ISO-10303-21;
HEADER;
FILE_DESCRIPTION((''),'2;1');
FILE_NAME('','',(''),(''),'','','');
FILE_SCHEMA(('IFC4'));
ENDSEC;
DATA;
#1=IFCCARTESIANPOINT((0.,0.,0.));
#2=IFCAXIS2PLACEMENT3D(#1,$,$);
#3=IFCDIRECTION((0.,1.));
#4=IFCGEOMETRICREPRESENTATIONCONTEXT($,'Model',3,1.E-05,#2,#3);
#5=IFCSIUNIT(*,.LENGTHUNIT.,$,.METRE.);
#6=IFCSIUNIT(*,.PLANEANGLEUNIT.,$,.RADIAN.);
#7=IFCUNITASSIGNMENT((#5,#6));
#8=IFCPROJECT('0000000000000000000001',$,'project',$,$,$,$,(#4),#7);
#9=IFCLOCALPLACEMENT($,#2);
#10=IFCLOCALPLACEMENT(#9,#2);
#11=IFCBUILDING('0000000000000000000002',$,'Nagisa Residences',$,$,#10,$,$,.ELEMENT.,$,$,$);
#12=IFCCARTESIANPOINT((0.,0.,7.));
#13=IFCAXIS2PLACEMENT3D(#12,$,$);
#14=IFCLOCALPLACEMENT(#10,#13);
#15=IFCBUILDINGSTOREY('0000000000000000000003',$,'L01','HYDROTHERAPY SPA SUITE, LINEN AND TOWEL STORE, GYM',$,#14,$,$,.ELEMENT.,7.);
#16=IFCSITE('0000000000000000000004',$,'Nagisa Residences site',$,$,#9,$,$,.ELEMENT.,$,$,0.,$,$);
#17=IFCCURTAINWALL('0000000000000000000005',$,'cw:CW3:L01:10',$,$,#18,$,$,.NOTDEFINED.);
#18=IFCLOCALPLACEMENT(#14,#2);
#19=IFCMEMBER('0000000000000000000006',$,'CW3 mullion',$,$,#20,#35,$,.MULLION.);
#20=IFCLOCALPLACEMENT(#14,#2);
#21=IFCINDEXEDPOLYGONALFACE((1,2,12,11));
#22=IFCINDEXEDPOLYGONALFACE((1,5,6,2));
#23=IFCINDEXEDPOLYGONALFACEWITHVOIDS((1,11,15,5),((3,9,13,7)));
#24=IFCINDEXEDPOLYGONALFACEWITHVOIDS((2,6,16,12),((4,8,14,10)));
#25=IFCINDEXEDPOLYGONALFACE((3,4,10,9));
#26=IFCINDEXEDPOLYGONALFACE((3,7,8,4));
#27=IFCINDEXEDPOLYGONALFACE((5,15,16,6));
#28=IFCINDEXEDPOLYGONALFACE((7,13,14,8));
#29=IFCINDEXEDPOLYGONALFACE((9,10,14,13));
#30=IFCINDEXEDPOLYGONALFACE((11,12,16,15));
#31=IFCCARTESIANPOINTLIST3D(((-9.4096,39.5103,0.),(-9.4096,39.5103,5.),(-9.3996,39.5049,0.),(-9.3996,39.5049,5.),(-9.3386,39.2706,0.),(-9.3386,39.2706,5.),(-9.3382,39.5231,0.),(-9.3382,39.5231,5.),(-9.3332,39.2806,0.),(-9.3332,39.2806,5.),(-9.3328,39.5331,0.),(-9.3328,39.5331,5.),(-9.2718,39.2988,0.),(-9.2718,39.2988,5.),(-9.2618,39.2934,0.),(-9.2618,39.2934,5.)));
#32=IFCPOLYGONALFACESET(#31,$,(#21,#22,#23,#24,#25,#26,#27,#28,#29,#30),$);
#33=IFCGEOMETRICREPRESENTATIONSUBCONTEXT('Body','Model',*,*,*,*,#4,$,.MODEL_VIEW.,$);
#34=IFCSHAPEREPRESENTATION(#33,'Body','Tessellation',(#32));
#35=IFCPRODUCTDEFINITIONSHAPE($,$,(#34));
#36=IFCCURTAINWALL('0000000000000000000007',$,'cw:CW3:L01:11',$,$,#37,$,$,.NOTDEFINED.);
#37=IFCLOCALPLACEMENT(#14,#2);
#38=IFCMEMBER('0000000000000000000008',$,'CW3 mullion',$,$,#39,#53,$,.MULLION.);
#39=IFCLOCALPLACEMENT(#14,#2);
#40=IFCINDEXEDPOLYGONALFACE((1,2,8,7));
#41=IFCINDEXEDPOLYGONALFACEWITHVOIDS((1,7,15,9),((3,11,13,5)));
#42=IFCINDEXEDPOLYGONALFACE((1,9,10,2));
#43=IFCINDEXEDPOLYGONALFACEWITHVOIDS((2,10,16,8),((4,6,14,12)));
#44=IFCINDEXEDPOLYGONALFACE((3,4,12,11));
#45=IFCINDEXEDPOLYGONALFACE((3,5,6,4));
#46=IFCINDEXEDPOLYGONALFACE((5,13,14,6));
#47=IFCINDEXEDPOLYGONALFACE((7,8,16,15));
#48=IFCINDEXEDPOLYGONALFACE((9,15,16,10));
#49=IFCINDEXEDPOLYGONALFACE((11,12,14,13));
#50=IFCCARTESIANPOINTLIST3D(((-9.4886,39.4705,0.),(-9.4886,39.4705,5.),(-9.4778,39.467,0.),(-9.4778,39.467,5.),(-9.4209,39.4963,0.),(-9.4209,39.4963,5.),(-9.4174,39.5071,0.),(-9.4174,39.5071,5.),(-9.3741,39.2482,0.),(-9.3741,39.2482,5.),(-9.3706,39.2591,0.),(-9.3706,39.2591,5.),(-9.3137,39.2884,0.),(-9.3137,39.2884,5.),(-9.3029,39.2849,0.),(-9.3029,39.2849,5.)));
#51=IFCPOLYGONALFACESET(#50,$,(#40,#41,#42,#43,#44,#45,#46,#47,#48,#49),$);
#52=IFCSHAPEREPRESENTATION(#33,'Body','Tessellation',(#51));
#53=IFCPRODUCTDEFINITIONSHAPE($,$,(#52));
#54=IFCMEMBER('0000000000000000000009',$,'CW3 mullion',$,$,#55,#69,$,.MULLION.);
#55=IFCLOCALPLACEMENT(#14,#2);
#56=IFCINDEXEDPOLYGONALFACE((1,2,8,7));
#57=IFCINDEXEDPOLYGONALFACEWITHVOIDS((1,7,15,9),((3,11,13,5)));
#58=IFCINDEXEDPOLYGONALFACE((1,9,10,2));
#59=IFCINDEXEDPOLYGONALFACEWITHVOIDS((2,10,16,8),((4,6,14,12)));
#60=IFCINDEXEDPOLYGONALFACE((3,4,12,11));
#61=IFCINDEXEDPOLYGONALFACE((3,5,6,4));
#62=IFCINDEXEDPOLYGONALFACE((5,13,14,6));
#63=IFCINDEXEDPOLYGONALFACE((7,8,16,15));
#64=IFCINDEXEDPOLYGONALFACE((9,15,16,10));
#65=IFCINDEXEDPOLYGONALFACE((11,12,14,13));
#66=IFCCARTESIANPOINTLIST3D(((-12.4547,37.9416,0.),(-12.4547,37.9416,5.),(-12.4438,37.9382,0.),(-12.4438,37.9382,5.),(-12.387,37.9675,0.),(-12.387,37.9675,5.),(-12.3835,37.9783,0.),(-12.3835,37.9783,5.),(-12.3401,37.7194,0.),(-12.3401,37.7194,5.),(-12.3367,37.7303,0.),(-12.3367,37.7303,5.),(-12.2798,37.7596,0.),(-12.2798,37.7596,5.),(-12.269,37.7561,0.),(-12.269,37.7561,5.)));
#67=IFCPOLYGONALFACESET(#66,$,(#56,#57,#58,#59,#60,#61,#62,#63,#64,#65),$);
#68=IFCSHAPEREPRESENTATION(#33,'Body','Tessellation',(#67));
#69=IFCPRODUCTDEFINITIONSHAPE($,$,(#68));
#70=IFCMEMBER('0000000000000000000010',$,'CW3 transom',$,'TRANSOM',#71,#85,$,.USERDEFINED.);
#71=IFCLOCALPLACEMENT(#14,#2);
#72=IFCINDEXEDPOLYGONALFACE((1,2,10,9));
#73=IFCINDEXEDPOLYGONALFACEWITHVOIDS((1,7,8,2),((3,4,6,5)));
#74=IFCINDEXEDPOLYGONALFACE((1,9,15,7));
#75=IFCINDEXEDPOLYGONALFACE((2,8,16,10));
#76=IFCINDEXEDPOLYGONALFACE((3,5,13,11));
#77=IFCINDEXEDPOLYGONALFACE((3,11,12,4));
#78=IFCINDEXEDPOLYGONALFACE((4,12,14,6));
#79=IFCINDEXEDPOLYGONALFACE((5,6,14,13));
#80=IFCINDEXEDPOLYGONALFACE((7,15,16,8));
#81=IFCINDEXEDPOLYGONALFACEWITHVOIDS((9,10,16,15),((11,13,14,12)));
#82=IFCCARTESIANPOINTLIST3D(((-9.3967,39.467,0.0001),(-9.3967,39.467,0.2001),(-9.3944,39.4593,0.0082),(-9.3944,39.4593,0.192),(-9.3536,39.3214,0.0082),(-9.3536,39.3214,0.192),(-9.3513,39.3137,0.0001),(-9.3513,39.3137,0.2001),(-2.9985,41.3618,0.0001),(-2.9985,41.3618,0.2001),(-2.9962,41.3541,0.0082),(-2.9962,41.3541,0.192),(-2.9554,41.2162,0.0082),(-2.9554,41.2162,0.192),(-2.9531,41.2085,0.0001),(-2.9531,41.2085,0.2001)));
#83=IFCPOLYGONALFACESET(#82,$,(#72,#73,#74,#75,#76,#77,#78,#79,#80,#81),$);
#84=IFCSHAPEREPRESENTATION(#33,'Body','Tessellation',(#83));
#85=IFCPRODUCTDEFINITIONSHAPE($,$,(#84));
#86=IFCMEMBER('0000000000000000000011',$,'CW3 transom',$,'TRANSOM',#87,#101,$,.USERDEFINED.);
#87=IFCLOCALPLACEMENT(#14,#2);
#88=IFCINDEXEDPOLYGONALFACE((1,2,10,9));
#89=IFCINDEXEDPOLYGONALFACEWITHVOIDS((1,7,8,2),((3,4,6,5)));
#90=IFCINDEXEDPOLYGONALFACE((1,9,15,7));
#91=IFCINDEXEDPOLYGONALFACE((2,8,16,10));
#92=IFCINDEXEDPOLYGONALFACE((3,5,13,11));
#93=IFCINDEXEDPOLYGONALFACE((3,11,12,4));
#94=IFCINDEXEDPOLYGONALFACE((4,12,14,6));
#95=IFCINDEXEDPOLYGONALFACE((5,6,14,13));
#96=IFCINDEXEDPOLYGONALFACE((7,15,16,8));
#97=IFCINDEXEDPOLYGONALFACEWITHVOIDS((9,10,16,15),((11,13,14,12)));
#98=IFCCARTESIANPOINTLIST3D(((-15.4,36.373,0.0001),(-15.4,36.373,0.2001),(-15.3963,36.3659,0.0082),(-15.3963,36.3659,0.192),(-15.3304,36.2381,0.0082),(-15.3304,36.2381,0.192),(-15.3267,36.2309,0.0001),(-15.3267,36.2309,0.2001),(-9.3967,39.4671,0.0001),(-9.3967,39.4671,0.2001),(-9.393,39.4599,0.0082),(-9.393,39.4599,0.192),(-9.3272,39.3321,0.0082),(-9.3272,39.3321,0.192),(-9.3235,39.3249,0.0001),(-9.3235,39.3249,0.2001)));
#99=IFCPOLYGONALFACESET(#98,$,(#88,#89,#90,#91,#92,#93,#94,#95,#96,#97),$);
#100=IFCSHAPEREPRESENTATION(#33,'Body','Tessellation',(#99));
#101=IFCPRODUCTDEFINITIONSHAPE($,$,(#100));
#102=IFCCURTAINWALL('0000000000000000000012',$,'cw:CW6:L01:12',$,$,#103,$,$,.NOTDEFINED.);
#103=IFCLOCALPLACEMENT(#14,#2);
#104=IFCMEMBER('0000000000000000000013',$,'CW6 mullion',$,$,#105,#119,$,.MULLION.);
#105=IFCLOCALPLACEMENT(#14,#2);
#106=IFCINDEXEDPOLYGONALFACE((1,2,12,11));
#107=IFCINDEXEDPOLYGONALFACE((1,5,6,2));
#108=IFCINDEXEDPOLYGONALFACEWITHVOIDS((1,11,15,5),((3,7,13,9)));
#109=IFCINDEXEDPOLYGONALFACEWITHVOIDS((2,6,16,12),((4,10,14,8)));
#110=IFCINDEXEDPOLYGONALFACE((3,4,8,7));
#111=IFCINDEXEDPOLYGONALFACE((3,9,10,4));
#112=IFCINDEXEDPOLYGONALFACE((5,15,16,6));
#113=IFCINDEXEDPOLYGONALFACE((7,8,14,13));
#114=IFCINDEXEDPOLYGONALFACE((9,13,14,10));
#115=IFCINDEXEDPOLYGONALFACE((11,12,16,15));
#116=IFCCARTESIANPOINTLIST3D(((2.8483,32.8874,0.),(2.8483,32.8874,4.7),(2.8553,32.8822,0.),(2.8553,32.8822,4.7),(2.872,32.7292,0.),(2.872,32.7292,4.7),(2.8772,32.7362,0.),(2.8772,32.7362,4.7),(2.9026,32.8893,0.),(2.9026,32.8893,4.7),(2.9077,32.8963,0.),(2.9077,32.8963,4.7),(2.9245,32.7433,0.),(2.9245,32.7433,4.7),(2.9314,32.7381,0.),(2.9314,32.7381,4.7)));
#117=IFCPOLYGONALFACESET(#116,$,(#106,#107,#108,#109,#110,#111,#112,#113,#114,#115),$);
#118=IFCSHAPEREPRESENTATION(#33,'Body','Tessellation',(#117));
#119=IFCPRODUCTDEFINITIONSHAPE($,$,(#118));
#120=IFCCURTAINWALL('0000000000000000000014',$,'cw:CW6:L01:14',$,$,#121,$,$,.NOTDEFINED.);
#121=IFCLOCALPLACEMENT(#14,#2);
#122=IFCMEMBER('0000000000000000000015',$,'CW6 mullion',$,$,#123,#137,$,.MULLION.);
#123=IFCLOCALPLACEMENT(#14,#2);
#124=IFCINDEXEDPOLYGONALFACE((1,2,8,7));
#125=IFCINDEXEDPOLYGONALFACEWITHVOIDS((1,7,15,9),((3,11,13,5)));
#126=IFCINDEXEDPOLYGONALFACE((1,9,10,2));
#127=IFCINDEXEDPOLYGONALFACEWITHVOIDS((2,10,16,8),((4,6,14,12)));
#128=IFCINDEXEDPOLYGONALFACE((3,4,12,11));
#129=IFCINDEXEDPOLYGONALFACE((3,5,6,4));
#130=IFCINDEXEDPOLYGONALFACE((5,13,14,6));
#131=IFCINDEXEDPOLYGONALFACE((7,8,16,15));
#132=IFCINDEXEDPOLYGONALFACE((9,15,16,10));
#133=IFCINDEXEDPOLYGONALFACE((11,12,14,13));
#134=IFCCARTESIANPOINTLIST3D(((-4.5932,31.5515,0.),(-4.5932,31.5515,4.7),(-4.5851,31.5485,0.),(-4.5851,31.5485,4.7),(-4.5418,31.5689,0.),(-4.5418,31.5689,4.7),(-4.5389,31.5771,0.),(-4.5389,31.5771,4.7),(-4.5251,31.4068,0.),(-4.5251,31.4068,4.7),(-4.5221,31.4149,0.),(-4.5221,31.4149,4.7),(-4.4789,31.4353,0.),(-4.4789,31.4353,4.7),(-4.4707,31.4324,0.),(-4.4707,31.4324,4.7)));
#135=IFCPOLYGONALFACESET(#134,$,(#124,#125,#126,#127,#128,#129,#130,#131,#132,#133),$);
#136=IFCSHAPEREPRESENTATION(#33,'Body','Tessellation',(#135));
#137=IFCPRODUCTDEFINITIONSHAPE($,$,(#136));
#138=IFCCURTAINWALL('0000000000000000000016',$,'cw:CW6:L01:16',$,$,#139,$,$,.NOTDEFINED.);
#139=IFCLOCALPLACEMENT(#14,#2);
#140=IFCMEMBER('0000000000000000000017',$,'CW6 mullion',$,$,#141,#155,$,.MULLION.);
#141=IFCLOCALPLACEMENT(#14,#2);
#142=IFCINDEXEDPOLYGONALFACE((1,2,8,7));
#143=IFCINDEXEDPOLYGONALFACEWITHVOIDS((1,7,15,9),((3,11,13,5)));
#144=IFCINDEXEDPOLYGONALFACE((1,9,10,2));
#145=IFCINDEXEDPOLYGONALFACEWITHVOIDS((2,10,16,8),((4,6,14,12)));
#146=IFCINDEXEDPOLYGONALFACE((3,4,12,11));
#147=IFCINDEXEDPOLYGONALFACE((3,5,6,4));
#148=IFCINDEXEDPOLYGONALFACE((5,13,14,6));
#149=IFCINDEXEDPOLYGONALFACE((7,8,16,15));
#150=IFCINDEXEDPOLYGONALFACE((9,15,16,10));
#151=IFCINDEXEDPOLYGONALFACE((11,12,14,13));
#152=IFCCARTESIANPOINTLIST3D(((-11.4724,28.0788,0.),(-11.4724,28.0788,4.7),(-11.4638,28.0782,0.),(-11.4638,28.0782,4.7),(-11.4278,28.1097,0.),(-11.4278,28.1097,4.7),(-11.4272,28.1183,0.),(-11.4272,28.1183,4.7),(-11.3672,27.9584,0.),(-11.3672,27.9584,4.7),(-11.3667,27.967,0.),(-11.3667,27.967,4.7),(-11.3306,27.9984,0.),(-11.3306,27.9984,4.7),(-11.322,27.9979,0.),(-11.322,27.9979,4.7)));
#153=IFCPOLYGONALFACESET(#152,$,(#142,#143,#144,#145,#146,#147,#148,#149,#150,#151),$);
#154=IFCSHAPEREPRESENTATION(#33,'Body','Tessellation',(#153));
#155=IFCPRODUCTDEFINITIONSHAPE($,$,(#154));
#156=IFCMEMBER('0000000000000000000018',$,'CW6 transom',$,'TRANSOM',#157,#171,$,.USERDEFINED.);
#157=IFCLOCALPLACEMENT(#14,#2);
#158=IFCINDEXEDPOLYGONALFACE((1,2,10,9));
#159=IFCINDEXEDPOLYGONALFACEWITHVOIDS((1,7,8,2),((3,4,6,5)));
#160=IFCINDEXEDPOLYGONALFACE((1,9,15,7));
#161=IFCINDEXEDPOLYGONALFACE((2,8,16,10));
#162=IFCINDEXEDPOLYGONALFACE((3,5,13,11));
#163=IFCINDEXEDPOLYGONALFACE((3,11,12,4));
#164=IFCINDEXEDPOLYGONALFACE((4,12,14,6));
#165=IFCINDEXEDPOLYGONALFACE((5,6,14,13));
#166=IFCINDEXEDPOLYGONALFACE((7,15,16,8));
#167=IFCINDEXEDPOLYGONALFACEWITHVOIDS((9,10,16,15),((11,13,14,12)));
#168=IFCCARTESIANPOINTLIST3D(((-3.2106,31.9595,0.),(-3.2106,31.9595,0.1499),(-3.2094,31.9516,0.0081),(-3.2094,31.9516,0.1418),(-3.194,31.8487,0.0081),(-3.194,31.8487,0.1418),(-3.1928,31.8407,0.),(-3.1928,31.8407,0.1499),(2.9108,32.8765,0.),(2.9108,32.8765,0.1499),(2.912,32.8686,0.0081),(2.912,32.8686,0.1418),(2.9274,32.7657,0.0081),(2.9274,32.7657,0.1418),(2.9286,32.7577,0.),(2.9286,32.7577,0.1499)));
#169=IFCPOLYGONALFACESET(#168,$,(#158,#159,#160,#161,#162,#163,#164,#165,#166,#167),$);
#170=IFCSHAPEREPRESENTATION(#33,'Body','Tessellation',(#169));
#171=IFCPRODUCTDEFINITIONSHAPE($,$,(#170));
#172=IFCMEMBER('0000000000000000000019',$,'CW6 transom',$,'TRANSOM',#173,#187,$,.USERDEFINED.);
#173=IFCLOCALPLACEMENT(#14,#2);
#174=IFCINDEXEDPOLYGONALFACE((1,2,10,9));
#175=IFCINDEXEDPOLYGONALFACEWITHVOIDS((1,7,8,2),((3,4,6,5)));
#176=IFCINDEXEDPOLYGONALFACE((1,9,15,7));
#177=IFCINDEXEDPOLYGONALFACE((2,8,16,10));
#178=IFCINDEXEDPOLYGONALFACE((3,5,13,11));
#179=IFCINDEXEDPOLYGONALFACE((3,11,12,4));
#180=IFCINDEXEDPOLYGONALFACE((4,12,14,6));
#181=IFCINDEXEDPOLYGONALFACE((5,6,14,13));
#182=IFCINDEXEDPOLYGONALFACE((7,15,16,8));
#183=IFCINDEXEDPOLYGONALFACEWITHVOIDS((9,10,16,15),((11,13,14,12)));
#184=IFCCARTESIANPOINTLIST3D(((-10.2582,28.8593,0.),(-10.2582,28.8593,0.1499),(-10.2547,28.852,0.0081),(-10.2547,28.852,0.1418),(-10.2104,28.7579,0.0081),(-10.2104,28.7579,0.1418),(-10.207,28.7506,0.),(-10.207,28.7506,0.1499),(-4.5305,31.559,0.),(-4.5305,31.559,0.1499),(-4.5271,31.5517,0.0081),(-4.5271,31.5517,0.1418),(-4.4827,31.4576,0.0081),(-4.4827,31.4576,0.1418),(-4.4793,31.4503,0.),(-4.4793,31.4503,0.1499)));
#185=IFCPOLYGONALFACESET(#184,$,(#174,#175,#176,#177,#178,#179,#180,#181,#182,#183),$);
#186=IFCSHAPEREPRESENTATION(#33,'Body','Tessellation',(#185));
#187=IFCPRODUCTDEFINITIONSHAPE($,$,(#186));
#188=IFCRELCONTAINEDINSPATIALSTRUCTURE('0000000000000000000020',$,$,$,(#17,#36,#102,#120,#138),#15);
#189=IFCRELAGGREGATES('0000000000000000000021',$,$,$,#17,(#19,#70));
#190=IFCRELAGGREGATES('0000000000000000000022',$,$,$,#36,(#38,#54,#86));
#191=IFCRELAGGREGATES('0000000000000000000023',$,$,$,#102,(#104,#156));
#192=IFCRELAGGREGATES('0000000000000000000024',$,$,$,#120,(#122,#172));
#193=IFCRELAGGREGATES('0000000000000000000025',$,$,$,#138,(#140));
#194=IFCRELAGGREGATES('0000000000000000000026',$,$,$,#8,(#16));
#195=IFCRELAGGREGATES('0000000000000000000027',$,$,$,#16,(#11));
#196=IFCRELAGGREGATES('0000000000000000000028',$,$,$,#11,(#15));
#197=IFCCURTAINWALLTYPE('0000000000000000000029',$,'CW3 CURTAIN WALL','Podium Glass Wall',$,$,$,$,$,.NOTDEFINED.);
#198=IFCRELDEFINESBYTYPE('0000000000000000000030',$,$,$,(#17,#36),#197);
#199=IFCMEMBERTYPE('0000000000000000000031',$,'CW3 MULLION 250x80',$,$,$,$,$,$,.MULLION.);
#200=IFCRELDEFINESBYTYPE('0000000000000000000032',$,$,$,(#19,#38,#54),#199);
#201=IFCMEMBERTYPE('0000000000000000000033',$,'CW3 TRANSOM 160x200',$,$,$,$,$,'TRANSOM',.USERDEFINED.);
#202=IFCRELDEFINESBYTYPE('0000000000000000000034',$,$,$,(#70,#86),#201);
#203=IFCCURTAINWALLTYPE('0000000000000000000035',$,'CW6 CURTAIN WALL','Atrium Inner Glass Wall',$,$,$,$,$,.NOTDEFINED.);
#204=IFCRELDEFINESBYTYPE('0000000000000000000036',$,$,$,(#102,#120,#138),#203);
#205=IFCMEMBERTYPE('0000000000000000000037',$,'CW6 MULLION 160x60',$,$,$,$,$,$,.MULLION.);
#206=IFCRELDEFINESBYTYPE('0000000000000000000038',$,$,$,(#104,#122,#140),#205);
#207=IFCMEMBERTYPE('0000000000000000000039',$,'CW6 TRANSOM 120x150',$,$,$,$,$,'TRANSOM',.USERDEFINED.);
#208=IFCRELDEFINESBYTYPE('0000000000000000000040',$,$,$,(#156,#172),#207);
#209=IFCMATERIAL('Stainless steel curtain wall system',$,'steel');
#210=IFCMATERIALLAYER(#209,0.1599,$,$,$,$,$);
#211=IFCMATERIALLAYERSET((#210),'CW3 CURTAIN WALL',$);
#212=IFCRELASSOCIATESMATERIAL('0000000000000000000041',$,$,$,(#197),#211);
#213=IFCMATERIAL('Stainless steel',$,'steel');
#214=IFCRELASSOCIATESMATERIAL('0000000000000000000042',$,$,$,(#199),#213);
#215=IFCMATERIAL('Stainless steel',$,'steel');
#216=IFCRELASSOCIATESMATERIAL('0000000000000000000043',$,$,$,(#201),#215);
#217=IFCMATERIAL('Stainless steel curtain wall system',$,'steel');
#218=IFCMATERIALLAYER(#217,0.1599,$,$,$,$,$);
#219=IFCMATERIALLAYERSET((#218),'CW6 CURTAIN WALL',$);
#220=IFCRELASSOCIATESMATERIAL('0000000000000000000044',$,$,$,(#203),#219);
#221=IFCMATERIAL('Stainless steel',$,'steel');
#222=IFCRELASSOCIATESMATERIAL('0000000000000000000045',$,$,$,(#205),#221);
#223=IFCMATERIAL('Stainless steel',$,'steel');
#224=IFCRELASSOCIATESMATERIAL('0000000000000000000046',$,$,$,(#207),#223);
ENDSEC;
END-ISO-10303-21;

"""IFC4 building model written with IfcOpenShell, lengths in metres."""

from ifc_helpers import new_model, si_unit, direction, frame, origin, origin_2d, place, context, subcontext, project, spatial, hollow_rectangle, extrude, material, layer, layer_set, material_profile, profile_set, type_object, element, aggregate, save


model = new_model("IFC4")

# Units and contexts
model_context = context("Model", 3, precision=1e-05, world=origin(), true_north=direction((0.0, 1.0)))
body_context = subcontext(model_context, "Body", "Model", "MODEL_VIEW")
ifc_project = project(units=[si_unit("LENGTHUNIT", "METRE"), si_unit("PLANEANGLEUNIT", "RADIAN")], contexts=[model_context])

# Site, building, storey
site_placement = place(None, origin())
site = spatial("IfcSite", under=ifc_project, at=site_placement, Name="Nagisa Residences site", CompositionType="ELEMENT", RefElevation=0.0)
building_placement = place(site_placement, origin())
building = spatial("IfcBuilding", under=site, at=building_placement, Name="Nagisa Residences", CompositionType="ELEMENT")
storey_placement = place(building_placement, frame((0.0, 0.0, 7.0)))
storey = spatial("IfcBuildingStorey", under=building, at=storey_placement, Name="L01", Description="HYDROTHERAPY SPA SUITE, LINEN AND TOWEL STORE, GYM", CompositionType="ELEMENT", Elevation=7.0)

# Curtain walls, members
ifc_material_1 = material(Name="Stainless steel curtain wall system", Category="steel")
ifc_layer_1 = layer(ifc_material_1, 0.1599)
ifc_layer_set_1 = layer_set([ifc_layer_1], Name="CW3 CURTAIN WALL")
curtain_wall_type_1 = type_object("IfcCurtainWallType", Name="CW3 CURTAIN WALL", Description="Podium Glass Wall", PredefinedType="NOTDEFINED", material=ifc_layer_set_1)
ifc_material_2 = material(Name="Stainless steel", Category="steel")
ifc_material_profile_1 = material_profile(ifc_material_2, hollow_rectangle(XDim=0.25, YDim=0.0801, WallThickness=0.0081, at=origin_2d()), Name="CW3 MULLION 250x80")
ifc_profile_set_1 = profile_set([ifc_material_profile_1], Name="Stainless steel")
member_type_1 = type_object("IfcMemberType", Name="CW3 MULLION 250x80", PredefinedType="MULLION", material=ifc_profile_set_1)
curtain_wall_1_placement = place(storey_placement, origin())
curtain_wall_1 = element("IfcCurtainWall", 1, at=curtain_wall_1_placement, inside=storey, type_object=curtain_wall_type_1, Name="cw:CW3:L01:10", PredefinedType="NOTDEFINED")
member_1_placement = place(storey_placement, frame((-9.3357, 39.4019, 0.0), z_axis=(0.0, 0.0, 1.0), x_axis=(0.283963, -0.958835, 0.0)))
member_1 = element("IfcMember", 2, at=member_1_placement, type_object=member_type_1, Name="CW3 mullion", PredefinedType="MULLION", context=body_context, shape_type="SweptSolid", body=[
    extrude(hollow_rectangle(XDim=0.25, YDim=0.0801, WallThickness=0.0081, at=origin_2d()), origin(), (0.0, 0.0, 1.0), 5.0),
])
curtain_wall_2_placement = place(storey_placement, origin())
curtain_wall_2 = element("IfcCurtainWall", 3, at=curtain_wall_2_placement, inside=storey, type_object=curtain_wall_type_1, Name="cw:CW3:L01:11", PredefinedType="NOTDEFINED")
member_2_placement = place(storey_placement, frame((-9.3958, 39.3777, 0.0), z_axis=(0.0, 0.0, 1.0), x_axis=(0.458126, -0.888887, 0.0)))
member_2 = element("IfcMember", 4, at=member_2_placement, type_object=member_type_1, Name="CW3 mullion", PredefinedType="MULLION", context=body_context, shape_type="SweptSolid", body=[
    extrude(hollow_rectangle(XDim=0.25, YDim=0.0801, WallThickness=0.0081, at=origin_2d()), origin(), (0.0, 0.0, 1.0), 5.0),
])
member_3_placement = place(storey_placement, frame((-12.3618, 37.8489, 0.0), z_axis=(0.0, 0.0, 1.0), x_axis=(0.458126, -0.888887, 0.0)))
member_3 = element("IfcMember", 5, at=member_3_placement, type_object=member_type_1, Name="CW3 mullion", PredefinedType="MULLION", context=body_context, shape_type="SweptSolid", body=[
    extrude(hollow_rectangle(XDim=0.25, YDim=0.0801, WallThickness=0.0081, at=origin_2d()), origin(), (0.0, 0.0, 1.0), 5.0),
])

# Members
ifc_material_3 = material(Name="Stainless steel", Category="steel")
ifc_material_profile_2 = material_profile(ifc_material_3, hollow_rectangle(XDim=0.1599, YDim=0.2, WallThickness=0.0081, at=origin_2d()), Name="CW3 TRANSOM 160x200")
ifc_profile_set_2 = profile_set([ifc_material_profile_2], Name="Stainless steel")
member_type_2 = type_object("IfcMemberType", Name="CW3 TRANSOM 160x200", ElementType="TRANSOM", PredefinedType="USERDEFINED", material=ifc_profile_set_2)
member_4_placement = place(storey_placement, frame((-2.9758, 41.2852, 0.1001), z_axis=(-0.958838, -0.283953, 0.0), x_axis=(0.283953, -0.958838, 0.0)))
member_4 = element("IfcMember", 6, at=member_4_placement, type_object=member_type_2, Name="CW3 transom", ObjectType="TRANSOM", PredefinedType="USERDEFINED", context=body_context, shape_type="SweptSolid", body=[
    extrude(hollow_rectangle(XDim=0.1599, YDim=0.2, WallThickness=0.0081, at=origin_2d()), origin(), (0.0, 0.0, 1.0), 6.6729),
])
member_5_placement = place(storey_placement, frame((-9.3601, 39.396, 0.1001), z_axis=(-0.888887, -0.458126, 0.0), x_axis=(0.458126, -0.888887, 0.0)))
member_5 = element("IfcMember", 7, at=member_5_placement, type_object=member_type_2, Name="CW3 transom", ObjectType="TRANSOM", PredefinedType="USERDEFINED", context=body_context, shape_type="SweptSolid", body=[
    extrude(hollow_rectangle(XDim=0.1599, YDim=0.2, WallThickness=0.0081, at=origin_2d()), origin(), (0.0, 0.0, 1.0), 6.7537),
])

# Curtain walls, members
ifc_material_4 = material(Name="Stainless steel curtain wall system", Category="steel")
ifc_layer_2 = layer(ifc_material_4, 0.1599)
ifc_layer_set_2 = layer_set([ifc_layer_2], Name="CW6 CURTAIN WALL")
curtain_wall_type_2 = type_object("IfcCurtainWallType", Name="CW6 CURTAIN WALL", Description="Atrium Inner Glass Wall", PredefinedType="NOTDEFINED", material=ifc_layer_set_2)
curtain_wall_3_placement = place(storey_placement, origin())
curtain_wall_3 = element("IfcCurtainWall", 8, at=curtain_wall_3_placement, inside=storey, type_object=curtain_wall_type_2, Name="cw:CW6:L01:12", PredefinedType="NOTDEFINED")
ifc_material_5 = material(Name="Stainless steel", Category="steel")
ifc_material_profile_3 = material_profile(ifc_material_5, hollow_rectangle(XDim=0.1599, YDim=0.0601, WallThickness=0.0061, at=origin_2d()), Name="CW6 MULLION 160x60")
ifc_profile_set_3 = profile_set([ifc_material_profile_3], Name="Stainless steel")
member_type_3 = type_object("IfcMemberType", Name="CW6 MULLION 160x60", PredefinedType="MULLION", material=ifc_profile_set_3)
member_6_placement = place(storey_placement, frame((2.8899, 32.8127, 0.0), z_axis=(0.0, 0.0, 1.0), x_axis=(0.148158, -0.988964, 0.0)))
member_6 = element("IfcMember", 9, at=member_6_placement, type_object=member_type_3, Name="CW6 mullion", PredefinedType="MULLION", context=body_context, shape_type="SweptSolid", body=[
    extrude(hollow_rectangle(XDim=0.1599, YDim=0.0601, WallThickness=0.0061, at=origin_2d()), origin(), (0.0, 0.0, 1.0), 4.7),
])
curtain_wall_4_placement = place(storey_placement, origin())
curtain_wall_4 = element("IfcCurtainWall", 10, at=curtain_wall_4_placement, inside=storey, type_object=curtain_wall_type_2, Name="cw:CW6:L01:14", PredefinedType="NOTDEFINED")
member_7_placement = place(storey_placement, frame((-4.532, 31.4919, 0.0), z_axis=(0.0, 0.0, 1.0), x_axis=(0.426358, -0.904554, 0.0)))
member_7 = element("IfcMember", 11, at=member_7_placement, type_object=member_type_3, Name="CW6 mullion", PredefinedType="MULLION", context=body_context, shape_type="SweptSolid", body=[
    extrude(hollow_rectangle(XDim=0.1599, YDim=0.0601, WallThickness=0.0061, at=origin_2d()), origin(), (0.0, 0.0, 1.0), 4.7),
])
curtain_wall_5_placement = place(storey_placement, origin())
curtain_wall_5 = element("IfcCurtainWall", 12, at=curtain_wall_5_placement, inside=storey, type_object=curtain_wall_type_2, Name="cw:CW6:L01:16", PredefinedType="NOTDEFINED")
member_8_placement = place(storey_placement, frame((-11.3972, 28.0383, 0.0), z_axis=(0.0, 0.0, 1.0), x_axis=(0.657721, -0.753261, 0.0)))
member_8 = element("IfcMember", 13, at=member_8_placement, type_object=member_type_3, Name="CW6 mullion", PredefinedType="MULLION", context=body_context, shape_type="SweptSolid", body=[
    extrude(hollow_rectangle(XDim=0.1599, YDim=0.0601, WallThickness=0.0061, at=origin_2d()), origin(), (0.0, 0.0, 1.0), 4.7),
])

# Members
ifc_material_6 = material(Name="Stainless steel", Category="steel")
ifc_material_profile_4 = material_profile(ifc_material_6, hollow_rectangle(XDim=0.1201, YDim=0.1499, WallThickness=0.0081, at=origin_2d()), Name="CW6 TRANSOM 120x150")
ifc_profile_set_4 = profile_set([ifc_material_profile_4], Name="Stainless steel")
member_type_4 = type_object("IfcMemberType", Name="CW6 TRANSOM 120x150", ElementType="TRANSOM", PredefinedType="USERDEFINED", material=ifc_profile_set_4)
member_9_placement = place(storey_placement, frame((2.9197, 32.8171, 0.075), z_axis=(-0.988965, -0.14815, 0.0), x_axis=(0.14815, -0.988965, 0.0)))
member_9 = element("IfcMember", 14, at=member_9_placement, type_object=member_type_4, Name="CW6 transom", ObjectType="TRANSOM", PredefinedType="USERDEFINED", context=body_context, shape_type="SweptSolid", body=[
    extrude(hollow_rectangle(XDim=0.1201, YDim=0.1499, WallThickness=0.0081, at=origin_2d()), origin(), (0.0, 0.0, 1.0), 6.1897),
])
member_10_placement = place(storey_placement, frame((-4.5049, 31.5046, 0.075), z_axis=(-0.904558, -0.42635, 0.0), x_axis=(0.42635, -0.904558, 0.0)))
member_10 = element("IfcMember", 15, at=member_10_placement, type_object=member_type_4, Name="CW6 transom", ObjectType="TRANSOM", PredefinedType="USERDEFINED", context=body_context, shape_type="SweptSolid", body=[
    extrude(hollow_rectangle(XDim=0.1201, YDim=0.1499, WallThickness=0.0081, at=origin_2d()), origin(), (0.0, 0.0, 1.0), 6.332),
])

aggregate(curtain_wall_1, [member_1, member_4])
aggregate(curtain_wall_2, [member_2, member_3, member_5])
aggregate(curtain_wall_3, [member_6, member_9])
aggregate(curtain_wall_4, [member_7, member_10])
aggregate(curtain_wall_5, [member_8])

save(model, "model.ifc")
